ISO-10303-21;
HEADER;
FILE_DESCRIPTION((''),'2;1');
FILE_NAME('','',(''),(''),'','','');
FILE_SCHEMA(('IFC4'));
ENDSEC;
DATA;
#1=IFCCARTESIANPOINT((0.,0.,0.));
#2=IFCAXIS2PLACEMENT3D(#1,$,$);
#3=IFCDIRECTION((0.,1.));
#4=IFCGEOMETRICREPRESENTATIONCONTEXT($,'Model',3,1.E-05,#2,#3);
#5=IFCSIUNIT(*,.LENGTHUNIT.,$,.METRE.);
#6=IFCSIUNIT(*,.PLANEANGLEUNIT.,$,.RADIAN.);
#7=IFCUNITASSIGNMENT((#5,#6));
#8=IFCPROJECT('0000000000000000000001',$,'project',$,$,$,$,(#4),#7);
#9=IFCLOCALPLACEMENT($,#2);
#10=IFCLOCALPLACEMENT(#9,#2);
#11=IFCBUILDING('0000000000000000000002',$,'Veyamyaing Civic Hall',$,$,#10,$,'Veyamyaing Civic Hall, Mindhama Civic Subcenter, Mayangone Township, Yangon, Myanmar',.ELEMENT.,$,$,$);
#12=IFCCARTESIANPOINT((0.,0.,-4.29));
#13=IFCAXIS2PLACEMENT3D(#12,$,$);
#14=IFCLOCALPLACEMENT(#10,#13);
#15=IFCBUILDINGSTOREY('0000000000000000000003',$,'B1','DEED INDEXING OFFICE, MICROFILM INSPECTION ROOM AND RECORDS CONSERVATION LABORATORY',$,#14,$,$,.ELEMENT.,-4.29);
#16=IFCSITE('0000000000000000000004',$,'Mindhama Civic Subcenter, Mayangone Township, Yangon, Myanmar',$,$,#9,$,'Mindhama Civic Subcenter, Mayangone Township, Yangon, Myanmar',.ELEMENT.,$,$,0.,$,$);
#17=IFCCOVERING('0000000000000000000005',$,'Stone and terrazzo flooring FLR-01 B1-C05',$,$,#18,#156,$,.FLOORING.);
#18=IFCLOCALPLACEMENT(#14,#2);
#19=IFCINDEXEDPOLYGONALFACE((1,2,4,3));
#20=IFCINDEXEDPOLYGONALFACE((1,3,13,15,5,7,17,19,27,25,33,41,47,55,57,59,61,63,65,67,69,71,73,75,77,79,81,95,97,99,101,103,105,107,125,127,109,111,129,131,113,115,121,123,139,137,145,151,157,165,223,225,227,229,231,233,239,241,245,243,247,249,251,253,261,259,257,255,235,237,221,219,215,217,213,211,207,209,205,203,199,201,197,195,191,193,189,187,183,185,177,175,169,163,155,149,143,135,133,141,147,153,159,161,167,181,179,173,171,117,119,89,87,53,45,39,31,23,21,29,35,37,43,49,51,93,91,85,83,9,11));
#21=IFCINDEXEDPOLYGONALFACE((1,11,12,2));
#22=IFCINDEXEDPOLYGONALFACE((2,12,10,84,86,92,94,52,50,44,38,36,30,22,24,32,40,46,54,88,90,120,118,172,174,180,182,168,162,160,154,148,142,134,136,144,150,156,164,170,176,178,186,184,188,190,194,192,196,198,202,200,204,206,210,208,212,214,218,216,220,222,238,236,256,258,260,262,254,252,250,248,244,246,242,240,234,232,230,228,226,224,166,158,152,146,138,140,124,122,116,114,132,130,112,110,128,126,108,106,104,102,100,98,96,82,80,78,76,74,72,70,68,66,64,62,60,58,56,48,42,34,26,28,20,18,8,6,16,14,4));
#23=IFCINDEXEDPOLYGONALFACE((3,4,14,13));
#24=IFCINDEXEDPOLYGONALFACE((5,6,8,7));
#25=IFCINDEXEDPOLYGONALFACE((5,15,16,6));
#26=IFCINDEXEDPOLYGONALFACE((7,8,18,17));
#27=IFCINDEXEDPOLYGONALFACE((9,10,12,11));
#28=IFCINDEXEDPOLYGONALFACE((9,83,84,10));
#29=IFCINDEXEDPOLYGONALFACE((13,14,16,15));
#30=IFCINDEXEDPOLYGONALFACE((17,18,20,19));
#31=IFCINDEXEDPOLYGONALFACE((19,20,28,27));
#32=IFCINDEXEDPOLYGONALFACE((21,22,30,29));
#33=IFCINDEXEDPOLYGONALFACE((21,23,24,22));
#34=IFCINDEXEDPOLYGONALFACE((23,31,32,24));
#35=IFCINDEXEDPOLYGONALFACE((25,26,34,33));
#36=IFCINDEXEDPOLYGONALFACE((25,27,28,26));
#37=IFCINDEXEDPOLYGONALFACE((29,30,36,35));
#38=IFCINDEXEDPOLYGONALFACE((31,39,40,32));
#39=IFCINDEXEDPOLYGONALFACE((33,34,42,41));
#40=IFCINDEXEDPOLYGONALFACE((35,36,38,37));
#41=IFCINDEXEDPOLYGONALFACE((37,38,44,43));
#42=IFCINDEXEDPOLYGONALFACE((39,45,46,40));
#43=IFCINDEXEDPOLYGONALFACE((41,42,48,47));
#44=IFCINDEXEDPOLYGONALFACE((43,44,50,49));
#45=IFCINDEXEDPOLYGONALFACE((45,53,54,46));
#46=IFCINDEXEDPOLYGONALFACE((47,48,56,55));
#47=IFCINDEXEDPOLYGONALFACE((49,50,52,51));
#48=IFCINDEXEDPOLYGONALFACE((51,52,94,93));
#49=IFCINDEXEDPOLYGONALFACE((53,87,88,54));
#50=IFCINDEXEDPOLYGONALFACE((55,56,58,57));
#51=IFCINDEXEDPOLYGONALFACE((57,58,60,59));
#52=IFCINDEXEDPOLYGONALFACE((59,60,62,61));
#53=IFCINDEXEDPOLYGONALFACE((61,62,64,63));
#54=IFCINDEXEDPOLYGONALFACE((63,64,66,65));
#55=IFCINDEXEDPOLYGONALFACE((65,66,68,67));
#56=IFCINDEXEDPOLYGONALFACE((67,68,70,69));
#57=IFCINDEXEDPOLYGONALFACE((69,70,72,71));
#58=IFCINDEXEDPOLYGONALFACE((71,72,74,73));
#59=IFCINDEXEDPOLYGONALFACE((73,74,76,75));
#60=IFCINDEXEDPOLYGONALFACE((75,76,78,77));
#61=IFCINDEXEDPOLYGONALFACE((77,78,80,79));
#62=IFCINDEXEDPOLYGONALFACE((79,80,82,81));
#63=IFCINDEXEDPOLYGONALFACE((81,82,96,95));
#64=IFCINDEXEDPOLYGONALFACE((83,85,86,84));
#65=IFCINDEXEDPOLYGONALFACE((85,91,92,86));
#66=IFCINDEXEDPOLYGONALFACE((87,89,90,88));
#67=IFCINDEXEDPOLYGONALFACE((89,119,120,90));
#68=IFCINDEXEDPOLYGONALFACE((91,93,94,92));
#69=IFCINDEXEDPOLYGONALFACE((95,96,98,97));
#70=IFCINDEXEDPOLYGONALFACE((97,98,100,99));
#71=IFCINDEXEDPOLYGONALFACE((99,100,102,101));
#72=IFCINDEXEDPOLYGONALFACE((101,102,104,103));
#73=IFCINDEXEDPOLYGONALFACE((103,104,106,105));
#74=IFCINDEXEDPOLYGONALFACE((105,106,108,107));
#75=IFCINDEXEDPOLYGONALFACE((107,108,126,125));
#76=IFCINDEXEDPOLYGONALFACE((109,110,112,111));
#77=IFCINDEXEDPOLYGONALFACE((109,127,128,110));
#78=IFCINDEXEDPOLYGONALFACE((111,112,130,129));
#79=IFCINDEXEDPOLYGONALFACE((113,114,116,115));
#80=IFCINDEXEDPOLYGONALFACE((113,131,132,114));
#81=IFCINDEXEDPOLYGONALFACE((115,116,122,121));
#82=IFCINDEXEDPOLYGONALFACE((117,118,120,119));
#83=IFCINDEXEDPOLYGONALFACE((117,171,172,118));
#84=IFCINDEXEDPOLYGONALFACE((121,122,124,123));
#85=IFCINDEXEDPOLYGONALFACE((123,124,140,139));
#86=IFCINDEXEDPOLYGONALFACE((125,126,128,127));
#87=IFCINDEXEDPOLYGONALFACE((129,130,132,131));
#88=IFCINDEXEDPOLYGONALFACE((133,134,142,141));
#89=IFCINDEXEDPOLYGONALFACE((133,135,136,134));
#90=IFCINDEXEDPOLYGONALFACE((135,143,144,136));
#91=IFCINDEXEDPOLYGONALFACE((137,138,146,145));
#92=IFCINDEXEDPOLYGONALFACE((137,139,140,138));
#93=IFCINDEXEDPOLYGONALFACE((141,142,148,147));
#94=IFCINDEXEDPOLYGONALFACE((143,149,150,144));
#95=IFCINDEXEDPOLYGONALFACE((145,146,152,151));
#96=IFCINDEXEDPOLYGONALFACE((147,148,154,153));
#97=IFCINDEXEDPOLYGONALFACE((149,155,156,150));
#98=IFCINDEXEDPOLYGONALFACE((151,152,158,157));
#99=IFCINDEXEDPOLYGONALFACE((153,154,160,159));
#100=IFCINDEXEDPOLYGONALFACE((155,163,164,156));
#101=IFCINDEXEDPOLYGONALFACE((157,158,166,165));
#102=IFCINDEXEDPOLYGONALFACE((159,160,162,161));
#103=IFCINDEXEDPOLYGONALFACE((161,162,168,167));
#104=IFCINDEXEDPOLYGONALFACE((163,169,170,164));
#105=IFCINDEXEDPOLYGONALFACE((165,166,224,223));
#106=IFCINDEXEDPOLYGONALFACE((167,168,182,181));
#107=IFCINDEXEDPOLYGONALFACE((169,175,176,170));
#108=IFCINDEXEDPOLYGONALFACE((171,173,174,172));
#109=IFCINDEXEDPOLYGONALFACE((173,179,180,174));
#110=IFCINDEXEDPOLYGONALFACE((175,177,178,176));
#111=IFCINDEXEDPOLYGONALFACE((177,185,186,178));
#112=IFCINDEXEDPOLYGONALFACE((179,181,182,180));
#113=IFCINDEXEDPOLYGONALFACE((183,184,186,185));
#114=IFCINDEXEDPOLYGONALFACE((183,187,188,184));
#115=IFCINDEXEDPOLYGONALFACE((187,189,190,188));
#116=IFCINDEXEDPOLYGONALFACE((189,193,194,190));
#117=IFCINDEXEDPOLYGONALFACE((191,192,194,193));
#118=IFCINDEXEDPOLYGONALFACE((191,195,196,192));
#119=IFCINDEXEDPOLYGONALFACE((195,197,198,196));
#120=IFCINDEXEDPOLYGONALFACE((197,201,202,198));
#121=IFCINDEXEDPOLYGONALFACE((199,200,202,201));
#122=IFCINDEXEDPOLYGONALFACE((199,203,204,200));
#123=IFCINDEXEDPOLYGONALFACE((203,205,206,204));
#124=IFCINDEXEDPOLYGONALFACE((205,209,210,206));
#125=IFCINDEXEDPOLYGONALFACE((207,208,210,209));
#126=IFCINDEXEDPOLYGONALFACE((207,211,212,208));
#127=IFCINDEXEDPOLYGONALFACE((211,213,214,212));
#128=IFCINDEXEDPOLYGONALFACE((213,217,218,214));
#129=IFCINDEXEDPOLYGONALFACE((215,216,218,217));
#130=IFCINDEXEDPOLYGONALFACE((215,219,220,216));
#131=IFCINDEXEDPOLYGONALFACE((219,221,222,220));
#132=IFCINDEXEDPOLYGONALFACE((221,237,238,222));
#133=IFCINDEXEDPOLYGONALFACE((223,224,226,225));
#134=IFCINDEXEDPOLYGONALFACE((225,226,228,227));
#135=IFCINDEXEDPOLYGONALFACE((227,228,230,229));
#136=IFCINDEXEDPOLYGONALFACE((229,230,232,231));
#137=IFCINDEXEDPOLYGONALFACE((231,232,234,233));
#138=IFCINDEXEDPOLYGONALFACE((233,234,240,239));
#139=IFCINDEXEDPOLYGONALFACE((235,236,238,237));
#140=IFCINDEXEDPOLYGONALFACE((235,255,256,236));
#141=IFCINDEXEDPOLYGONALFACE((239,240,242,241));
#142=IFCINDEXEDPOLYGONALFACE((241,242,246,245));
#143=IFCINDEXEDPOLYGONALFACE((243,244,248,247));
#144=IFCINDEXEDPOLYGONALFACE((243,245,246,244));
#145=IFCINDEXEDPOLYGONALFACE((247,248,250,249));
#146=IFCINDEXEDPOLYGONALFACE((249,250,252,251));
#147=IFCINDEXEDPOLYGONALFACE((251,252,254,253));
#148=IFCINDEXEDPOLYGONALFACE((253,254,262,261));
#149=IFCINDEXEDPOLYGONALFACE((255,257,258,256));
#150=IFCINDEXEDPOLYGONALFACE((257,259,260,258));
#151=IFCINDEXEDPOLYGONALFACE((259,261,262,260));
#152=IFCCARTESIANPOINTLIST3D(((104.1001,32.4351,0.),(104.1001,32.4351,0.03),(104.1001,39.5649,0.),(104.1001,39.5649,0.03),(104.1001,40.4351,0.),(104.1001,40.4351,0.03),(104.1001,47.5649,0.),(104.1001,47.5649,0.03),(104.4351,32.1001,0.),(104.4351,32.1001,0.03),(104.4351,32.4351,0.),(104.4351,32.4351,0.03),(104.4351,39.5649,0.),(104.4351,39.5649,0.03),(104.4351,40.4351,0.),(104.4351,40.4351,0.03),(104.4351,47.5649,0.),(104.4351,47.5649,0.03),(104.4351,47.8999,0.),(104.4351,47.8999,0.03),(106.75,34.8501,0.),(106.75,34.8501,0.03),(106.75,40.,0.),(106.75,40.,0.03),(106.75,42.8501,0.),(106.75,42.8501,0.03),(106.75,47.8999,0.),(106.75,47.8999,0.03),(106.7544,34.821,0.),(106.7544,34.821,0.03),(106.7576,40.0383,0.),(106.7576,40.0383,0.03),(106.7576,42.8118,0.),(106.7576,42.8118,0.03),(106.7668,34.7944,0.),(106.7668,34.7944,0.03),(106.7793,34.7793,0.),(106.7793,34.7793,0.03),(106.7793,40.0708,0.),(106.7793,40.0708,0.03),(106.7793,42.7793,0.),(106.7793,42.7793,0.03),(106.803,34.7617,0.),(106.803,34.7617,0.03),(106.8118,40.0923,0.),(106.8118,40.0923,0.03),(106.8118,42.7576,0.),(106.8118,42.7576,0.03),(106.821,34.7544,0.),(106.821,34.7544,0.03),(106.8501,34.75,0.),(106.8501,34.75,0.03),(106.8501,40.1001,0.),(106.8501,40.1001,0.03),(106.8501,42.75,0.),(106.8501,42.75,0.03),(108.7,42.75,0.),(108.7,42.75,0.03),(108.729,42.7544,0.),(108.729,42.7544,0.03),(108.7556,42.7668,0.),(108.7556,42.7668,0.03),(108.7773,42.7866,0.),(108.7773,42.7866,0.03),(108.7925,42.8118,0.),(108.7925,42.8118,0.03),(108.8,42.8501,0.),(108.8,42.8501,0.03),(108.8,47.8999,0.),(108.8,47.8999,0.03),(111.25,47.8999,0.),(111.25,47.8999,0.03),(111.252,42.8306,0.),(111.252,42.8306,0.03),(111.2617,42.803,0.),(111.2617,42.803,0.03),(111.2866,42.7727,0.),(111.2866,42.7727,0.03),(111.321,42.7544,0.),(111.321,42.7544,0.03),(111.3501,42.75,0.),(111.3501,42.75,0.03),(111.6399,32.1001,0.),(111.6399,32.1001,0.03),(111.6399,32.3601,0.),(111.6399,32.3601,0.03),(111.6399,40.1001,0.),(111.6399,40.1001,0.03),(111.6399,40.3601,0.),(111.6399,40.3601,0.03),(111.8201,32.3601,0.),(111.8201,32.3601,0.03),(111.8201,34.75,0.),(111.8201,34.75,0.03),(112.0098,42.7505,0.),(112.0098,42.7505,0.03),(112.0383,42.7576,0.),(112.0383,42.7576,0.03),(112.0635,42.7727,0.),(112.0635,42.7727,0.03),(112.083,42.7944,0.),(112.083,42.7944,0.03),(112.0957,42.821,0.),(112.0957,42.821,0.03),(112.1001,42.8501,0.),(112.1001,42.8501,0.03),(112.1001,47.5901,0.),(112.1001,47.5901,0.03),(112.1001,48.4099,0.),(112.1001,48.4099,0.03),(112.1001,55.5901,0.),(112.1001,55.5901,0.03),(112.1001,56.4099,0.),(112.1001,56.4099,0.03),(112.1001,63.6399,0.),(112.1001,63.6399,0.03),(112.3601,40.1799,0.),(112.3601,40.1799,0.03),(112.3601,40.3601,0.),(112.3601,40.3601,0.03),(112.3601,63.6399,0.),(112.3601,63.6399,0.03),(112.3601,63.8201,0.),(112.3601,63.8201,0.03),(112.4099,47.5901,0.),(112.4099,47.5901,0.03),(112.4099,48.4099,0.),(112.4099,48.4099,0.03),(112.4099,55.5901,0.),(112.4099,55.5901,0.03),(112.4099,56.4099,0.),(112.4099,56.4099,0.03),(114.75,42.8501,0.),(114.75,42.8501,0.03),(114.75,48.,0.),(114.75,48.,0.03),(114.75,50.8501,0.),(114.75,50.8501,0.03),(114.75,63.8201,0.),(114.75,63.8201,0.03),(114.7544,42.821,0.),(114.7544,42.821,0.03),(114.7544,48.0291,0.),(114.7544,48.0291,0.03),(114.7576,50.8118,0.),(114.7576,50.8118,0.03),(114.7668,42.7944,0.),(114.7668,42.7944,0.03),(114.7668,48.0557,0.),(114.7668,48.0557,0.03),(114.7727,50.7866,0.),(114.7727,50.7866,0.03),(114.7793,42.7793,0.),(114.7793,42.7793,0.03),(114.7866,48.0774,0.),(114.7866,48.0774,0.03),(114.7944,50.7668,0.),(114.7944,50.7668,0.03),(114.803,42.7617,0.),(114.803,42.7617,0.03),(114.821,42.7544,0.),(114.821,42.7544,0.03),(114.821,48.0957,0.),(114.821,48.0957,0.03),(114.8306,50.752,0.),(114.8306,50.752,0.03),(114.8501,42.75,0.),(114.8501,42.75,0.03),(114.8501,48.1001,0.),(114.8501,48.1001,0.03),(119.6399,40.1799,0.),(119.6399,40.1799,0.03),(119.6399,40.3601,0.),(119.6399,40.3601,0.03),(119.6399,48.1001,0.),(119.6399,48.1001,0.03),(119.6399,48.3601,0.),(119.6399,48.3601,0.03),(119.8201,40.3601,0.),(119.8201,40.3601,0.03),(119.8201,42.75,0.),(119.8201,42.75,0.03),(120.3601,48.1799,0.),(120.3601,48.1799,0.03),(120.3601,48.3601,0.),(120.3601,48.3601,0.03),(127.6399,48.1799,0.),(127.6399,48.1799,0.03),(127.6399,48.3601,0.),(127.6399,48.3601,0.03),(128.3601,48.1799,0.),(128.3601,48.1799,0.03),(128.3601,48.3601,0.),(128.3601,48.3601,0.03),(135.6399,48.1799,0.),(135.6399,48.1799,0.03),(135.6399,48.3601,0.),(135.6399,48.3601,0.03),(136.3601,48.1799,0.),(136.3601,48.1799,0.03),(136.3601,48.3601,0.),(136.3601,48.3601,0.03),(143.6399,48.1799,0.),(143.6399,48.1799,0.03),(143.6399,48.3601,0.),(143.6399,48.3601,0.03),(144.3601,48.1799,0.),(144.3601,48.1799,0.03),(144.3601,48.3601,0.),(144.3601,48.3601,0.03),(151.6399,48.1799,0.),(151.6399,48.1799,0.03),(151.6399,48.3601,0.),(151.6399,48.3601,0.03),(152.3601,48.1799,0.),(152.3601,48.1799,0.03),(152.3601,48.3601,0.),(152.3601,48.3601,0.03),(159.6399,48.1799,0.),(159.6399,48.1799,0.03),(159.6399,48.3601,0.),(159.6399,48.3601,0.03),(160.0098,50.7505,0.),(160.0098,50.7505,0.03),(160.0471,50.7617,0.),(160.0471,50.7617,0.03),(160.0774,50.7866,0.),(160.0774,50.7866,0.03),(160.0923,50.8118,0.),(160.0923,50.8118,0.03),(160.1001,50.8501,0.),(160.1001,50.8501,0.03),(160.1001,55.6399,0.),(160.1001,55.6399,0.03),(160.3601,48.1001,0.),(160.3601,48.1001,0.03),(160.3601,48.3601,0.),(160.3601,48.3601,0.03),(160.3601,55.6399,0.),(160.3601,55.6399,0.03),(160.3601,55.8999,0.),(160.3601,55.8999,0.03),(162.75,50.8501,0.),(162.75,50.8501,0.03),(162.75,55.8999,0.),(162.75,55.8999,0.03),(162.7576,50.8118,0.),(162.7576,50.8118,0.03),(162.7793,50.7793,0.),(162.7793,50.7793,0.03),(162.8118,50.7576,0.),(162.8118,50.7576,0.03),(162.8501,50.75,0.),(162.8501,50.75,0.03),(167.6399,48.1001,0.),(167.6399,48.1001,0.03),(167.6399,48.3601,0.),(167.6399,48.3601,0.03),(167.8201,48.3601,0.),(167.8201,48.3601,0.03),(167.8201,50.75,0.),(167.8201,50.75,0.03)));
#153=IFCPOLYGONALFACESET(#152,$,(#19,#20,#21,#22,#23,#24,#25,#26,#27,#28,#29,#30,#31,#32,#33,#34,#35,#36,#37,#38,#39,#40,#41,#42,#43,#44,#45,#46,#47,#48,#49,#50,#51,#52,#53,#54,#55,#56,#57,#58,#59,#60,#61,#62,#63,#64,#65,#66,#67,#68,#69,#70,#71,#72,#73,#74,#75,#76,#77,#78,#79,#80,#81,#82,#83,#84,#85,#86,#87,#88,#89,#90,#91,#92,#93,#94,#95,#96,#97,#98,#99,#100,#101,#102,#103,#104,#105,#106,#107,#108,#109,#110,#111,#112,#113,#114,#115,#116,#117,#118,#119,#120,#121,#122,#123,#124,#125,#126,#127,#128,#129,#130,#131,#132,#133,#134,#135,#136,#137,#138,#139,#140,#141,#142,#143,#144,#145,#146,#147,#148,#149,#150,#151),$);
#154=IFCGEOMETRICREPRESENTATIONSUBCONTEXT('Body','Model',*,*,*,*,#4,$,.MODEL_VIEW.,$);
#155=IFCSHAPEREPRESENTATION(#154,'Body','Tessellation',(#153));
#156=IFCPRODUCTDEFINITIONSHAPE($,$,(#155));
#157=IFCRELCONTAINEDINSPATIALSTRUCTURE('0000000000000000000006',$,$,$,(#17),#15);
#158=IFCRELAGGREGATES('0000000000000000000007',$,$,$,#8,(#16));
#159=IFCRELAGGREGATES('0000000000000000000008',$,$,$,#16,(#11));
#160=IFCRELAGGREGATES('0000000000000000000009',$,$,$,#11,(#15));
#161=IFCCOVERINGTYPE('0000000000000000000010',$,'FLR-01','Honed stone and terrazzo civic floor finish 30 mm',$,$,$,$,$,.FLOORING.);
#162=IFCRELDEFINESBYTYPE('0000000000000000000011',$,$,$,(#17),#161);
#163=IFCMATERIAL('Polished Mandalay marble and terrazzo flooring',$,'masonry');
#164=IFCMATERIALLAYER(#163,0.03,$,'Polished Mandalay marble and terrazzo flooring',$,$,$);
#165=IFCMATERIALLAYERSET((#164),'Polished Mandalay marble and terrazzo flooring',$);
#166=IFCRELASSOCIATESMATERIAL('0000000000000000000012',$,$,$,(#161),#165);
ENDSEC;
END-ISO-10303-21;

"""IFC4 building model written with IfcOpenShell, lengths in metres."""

from ifc_helpers import new_model, si_unit, direction, frame, origin, place, context, subcontext, project, spatial, polyline, outline, extrude, material, layer, layer_set, type_object, element, save


model = new_model("IFC4")

# Units and contexts
model_context = context("Model", 3, precision=1e-05, world=origin(), true_north=direction((0.0, 1.0)))
body_context = subcontext(model_context, "Body", "Model", "MODEL_VIEW")
ifc_project = project(units=[si_unit("LENGTHUNIT", "METRE"), si_unit("PLANEANGLEUNIT", "RADIAN")], contexts=[model_context])

# Site, building, storey
site_placement = place(None, origin())
site = spatial("IfcSite", under=ifc_project, at=site_placement, Name="Mindhama Civic Subcenter, Mayangone Township, Yangon, Myanmar", LongName="Mindhama Civic Subcenter, Mayangone Township, Yangon, Myanmar", CompositionType="ELEMENT", RefElevation=0.0)
building_placement = place(site_placement, origin())
building = spatial("IfcBuilding", under=site, at=building_placement, Name="Veyamyaing Civic Hall", LongName="Veyamyaing Civic Hall, Mindhama Civic Subcenter, Mayangone Township, Yangon, Myanmar", CompositionType="ELEMENT")
storey_placement = place(building_placement, frame((0.0, 0.0, -4.29)))
storey = spatial("IfcBuildingStorey", under=building, at=storey_placement, Name="B1", Description="DEED INDEXING OFFICE, MICROFILM INSPECTION ROOM AND RECORDS CONSERVATION LABORATORY", CompositionType="ELEMENT", Elevation=-4.29)

# Covering
ifc_material_1 = material(Name="Polished Mandalay marble and terrazzo flooring", Category="masonry")
ifc_layer_1 = layer(ifc_material_1, 0.03, Name="Polished Mandalay marble and terrazzo flooring")
ifc_layer_set_1 = layer_set([ifc_layer_1], Name="Polished Mandalay marble and terrazzo flooring")
covering_type_1 = type_object("IfcCoveringType", Name="FLR-01", Description="Honed stone and terrazzo civic floor finish 30 mm", PredefinedType="FLOORING", material=ifc_layer_set_1)
covering_1_placement = place(storey_placement, origin())
element("IfcCovering", 1, at=covering_1_placement, inside=storey, type_object=covering_type_1, Name="Stone and terrazzo flooring FLR-01 B1-C05", PredefinedType="FLOORING", context=body_context, shape_type="SweptSolid", body=[
    extrude(outline(polyline([(106.75, 42.8501), (106.7576, 42.8118), (106.7793, 42.7793), (106.8118, 42.7576), (106.8501, 42.75), (108.7, 42.75), (108.729, 42.7544), (108.7556, 42.7668), (108.7773, 42.7866), (108.7925, 42.8118), (108.8, 42.8501), (108.8, 47.8999), (111.25, 47.8999), (111.252, 42.8306), (111.2617, 42.803), (111.2866, 42.7727), (111.321, 42.7544), (111.3501, 42.75), (112.0098, 42.7505), (112.0383, 42.7576), (112.0635, 42.7727), (112.083, 42.7944), (112.0957, 42.821), (112.1001, 42.8501), (112.1001, 47.5901), (112.4099, 47.5901), (112.4099, 48.4099), (112.1001, 48.4099), (112.1001, 55.5901), (112.4099, 55.5901), (112.4099, 56.4099), (112.1001, 56.4099), (112.1001, 63.6399), (112.3601, 63.6399), (112.3601, 63.8201), (114.75, 63.8201), (114.75, 50.8501), (114.7576, 50.8118), (114.7727, 50.7866), (114.7944, 50.7668), (114.8306, 50.752), (160.0098, 50.7505), (160.0471, 50.7617), (160.0774, 50.7866), (160.0923, 50.8118), (160.1001, 50.8501), (160.1001, 55.6399), (160.3601, 55.6399), (160.3601, 55.8999), (162.75, 55.8999), (162.75, 50.8501), (162.7576, 50.8118), (162.7793, 50.7793), (162.8118, 50.7576), (162.8501, 50.75), (167.8201, 50.75), (167.8201, 48.3601), (167.6399, 48.3601), (167.6399, 48.1001), (160.3601, 48.1001), (160.3601, 48.3601), (159.6399, 48.3601), (159.6399, 48.1799), (152.3601, 48.1799), (152.3601, 48.3601), (151.6399, 48.3601), (151.6399, 48.1799), (144.3601, 48.1799), (144.3601, 48.3601), (143.6399, 48.3601), (143.6399, 48.1799), (136.3601, 48.1799), (136.3601, 48.3601), (135.6399, 48.3601), (135.6399, 48.1799), (128.3601, 48.1799), (128.3601, 48.3601), (127.6399, 48.3601), (127.6399, 48.1799), (120.3601, 48.1799), (120.3601, 48.3601), (119.6399, 48.3601), (119.6399, 48.1001), (114.8501, 48.1001), (114.821, 48.0957), (114.7866, 48.0774), (114.7668, 48.0557), (114.7544, 48.0291), (114.75, 48.0), (114.75, 42.8501), (114.7544, 42.821), (114.7668, 42.7944), (114.7793, 42.7793), (114.803, 42.7617), (114.821, 42.7544), (114.8501, 42.75), (119.8201, 42.75), (119.8201, 40.3601), (119.6399, 40.3601), (119.6399, 40.1799), (112.3601, 40.1799), (112.3601, 40.3601), (111.6399, 40.3601), (111.6399, 40.1001), (106.8501, 40.1001), (106.8118, 40.0923), (106.7793, 40.0708), (106.7576, 40.0383), (106.75, 40.0), (106.75, 34.8501), (106.7544, 34.821), (106.7668, 34.7944), (106.7793, 34.7793), (106.803, 34.7617), (106.821, 34.7544), (106.8501, 34.75), (111.8201, 34.75), (111.8201, 32.3601), (111.6399, 32.3601), (111.6399, 32.1001), (104.4351, 32.1001), (104.4351, 32.4351), (104.1001, 32.4351), (104.1001, 39.5649), (104.4351, 39.5649), (104.4351, 40.4351), (104.1001, 40.4351), (104.1001, 47.5649), (104.4351, 47.5649), (104.4351, 47.8999), (106.75, 47.8999), (106.75, 42.8501)])), origin(), (0.0, 0.0, 1.0), 0.03),
])

save(model, "model.ifc")
